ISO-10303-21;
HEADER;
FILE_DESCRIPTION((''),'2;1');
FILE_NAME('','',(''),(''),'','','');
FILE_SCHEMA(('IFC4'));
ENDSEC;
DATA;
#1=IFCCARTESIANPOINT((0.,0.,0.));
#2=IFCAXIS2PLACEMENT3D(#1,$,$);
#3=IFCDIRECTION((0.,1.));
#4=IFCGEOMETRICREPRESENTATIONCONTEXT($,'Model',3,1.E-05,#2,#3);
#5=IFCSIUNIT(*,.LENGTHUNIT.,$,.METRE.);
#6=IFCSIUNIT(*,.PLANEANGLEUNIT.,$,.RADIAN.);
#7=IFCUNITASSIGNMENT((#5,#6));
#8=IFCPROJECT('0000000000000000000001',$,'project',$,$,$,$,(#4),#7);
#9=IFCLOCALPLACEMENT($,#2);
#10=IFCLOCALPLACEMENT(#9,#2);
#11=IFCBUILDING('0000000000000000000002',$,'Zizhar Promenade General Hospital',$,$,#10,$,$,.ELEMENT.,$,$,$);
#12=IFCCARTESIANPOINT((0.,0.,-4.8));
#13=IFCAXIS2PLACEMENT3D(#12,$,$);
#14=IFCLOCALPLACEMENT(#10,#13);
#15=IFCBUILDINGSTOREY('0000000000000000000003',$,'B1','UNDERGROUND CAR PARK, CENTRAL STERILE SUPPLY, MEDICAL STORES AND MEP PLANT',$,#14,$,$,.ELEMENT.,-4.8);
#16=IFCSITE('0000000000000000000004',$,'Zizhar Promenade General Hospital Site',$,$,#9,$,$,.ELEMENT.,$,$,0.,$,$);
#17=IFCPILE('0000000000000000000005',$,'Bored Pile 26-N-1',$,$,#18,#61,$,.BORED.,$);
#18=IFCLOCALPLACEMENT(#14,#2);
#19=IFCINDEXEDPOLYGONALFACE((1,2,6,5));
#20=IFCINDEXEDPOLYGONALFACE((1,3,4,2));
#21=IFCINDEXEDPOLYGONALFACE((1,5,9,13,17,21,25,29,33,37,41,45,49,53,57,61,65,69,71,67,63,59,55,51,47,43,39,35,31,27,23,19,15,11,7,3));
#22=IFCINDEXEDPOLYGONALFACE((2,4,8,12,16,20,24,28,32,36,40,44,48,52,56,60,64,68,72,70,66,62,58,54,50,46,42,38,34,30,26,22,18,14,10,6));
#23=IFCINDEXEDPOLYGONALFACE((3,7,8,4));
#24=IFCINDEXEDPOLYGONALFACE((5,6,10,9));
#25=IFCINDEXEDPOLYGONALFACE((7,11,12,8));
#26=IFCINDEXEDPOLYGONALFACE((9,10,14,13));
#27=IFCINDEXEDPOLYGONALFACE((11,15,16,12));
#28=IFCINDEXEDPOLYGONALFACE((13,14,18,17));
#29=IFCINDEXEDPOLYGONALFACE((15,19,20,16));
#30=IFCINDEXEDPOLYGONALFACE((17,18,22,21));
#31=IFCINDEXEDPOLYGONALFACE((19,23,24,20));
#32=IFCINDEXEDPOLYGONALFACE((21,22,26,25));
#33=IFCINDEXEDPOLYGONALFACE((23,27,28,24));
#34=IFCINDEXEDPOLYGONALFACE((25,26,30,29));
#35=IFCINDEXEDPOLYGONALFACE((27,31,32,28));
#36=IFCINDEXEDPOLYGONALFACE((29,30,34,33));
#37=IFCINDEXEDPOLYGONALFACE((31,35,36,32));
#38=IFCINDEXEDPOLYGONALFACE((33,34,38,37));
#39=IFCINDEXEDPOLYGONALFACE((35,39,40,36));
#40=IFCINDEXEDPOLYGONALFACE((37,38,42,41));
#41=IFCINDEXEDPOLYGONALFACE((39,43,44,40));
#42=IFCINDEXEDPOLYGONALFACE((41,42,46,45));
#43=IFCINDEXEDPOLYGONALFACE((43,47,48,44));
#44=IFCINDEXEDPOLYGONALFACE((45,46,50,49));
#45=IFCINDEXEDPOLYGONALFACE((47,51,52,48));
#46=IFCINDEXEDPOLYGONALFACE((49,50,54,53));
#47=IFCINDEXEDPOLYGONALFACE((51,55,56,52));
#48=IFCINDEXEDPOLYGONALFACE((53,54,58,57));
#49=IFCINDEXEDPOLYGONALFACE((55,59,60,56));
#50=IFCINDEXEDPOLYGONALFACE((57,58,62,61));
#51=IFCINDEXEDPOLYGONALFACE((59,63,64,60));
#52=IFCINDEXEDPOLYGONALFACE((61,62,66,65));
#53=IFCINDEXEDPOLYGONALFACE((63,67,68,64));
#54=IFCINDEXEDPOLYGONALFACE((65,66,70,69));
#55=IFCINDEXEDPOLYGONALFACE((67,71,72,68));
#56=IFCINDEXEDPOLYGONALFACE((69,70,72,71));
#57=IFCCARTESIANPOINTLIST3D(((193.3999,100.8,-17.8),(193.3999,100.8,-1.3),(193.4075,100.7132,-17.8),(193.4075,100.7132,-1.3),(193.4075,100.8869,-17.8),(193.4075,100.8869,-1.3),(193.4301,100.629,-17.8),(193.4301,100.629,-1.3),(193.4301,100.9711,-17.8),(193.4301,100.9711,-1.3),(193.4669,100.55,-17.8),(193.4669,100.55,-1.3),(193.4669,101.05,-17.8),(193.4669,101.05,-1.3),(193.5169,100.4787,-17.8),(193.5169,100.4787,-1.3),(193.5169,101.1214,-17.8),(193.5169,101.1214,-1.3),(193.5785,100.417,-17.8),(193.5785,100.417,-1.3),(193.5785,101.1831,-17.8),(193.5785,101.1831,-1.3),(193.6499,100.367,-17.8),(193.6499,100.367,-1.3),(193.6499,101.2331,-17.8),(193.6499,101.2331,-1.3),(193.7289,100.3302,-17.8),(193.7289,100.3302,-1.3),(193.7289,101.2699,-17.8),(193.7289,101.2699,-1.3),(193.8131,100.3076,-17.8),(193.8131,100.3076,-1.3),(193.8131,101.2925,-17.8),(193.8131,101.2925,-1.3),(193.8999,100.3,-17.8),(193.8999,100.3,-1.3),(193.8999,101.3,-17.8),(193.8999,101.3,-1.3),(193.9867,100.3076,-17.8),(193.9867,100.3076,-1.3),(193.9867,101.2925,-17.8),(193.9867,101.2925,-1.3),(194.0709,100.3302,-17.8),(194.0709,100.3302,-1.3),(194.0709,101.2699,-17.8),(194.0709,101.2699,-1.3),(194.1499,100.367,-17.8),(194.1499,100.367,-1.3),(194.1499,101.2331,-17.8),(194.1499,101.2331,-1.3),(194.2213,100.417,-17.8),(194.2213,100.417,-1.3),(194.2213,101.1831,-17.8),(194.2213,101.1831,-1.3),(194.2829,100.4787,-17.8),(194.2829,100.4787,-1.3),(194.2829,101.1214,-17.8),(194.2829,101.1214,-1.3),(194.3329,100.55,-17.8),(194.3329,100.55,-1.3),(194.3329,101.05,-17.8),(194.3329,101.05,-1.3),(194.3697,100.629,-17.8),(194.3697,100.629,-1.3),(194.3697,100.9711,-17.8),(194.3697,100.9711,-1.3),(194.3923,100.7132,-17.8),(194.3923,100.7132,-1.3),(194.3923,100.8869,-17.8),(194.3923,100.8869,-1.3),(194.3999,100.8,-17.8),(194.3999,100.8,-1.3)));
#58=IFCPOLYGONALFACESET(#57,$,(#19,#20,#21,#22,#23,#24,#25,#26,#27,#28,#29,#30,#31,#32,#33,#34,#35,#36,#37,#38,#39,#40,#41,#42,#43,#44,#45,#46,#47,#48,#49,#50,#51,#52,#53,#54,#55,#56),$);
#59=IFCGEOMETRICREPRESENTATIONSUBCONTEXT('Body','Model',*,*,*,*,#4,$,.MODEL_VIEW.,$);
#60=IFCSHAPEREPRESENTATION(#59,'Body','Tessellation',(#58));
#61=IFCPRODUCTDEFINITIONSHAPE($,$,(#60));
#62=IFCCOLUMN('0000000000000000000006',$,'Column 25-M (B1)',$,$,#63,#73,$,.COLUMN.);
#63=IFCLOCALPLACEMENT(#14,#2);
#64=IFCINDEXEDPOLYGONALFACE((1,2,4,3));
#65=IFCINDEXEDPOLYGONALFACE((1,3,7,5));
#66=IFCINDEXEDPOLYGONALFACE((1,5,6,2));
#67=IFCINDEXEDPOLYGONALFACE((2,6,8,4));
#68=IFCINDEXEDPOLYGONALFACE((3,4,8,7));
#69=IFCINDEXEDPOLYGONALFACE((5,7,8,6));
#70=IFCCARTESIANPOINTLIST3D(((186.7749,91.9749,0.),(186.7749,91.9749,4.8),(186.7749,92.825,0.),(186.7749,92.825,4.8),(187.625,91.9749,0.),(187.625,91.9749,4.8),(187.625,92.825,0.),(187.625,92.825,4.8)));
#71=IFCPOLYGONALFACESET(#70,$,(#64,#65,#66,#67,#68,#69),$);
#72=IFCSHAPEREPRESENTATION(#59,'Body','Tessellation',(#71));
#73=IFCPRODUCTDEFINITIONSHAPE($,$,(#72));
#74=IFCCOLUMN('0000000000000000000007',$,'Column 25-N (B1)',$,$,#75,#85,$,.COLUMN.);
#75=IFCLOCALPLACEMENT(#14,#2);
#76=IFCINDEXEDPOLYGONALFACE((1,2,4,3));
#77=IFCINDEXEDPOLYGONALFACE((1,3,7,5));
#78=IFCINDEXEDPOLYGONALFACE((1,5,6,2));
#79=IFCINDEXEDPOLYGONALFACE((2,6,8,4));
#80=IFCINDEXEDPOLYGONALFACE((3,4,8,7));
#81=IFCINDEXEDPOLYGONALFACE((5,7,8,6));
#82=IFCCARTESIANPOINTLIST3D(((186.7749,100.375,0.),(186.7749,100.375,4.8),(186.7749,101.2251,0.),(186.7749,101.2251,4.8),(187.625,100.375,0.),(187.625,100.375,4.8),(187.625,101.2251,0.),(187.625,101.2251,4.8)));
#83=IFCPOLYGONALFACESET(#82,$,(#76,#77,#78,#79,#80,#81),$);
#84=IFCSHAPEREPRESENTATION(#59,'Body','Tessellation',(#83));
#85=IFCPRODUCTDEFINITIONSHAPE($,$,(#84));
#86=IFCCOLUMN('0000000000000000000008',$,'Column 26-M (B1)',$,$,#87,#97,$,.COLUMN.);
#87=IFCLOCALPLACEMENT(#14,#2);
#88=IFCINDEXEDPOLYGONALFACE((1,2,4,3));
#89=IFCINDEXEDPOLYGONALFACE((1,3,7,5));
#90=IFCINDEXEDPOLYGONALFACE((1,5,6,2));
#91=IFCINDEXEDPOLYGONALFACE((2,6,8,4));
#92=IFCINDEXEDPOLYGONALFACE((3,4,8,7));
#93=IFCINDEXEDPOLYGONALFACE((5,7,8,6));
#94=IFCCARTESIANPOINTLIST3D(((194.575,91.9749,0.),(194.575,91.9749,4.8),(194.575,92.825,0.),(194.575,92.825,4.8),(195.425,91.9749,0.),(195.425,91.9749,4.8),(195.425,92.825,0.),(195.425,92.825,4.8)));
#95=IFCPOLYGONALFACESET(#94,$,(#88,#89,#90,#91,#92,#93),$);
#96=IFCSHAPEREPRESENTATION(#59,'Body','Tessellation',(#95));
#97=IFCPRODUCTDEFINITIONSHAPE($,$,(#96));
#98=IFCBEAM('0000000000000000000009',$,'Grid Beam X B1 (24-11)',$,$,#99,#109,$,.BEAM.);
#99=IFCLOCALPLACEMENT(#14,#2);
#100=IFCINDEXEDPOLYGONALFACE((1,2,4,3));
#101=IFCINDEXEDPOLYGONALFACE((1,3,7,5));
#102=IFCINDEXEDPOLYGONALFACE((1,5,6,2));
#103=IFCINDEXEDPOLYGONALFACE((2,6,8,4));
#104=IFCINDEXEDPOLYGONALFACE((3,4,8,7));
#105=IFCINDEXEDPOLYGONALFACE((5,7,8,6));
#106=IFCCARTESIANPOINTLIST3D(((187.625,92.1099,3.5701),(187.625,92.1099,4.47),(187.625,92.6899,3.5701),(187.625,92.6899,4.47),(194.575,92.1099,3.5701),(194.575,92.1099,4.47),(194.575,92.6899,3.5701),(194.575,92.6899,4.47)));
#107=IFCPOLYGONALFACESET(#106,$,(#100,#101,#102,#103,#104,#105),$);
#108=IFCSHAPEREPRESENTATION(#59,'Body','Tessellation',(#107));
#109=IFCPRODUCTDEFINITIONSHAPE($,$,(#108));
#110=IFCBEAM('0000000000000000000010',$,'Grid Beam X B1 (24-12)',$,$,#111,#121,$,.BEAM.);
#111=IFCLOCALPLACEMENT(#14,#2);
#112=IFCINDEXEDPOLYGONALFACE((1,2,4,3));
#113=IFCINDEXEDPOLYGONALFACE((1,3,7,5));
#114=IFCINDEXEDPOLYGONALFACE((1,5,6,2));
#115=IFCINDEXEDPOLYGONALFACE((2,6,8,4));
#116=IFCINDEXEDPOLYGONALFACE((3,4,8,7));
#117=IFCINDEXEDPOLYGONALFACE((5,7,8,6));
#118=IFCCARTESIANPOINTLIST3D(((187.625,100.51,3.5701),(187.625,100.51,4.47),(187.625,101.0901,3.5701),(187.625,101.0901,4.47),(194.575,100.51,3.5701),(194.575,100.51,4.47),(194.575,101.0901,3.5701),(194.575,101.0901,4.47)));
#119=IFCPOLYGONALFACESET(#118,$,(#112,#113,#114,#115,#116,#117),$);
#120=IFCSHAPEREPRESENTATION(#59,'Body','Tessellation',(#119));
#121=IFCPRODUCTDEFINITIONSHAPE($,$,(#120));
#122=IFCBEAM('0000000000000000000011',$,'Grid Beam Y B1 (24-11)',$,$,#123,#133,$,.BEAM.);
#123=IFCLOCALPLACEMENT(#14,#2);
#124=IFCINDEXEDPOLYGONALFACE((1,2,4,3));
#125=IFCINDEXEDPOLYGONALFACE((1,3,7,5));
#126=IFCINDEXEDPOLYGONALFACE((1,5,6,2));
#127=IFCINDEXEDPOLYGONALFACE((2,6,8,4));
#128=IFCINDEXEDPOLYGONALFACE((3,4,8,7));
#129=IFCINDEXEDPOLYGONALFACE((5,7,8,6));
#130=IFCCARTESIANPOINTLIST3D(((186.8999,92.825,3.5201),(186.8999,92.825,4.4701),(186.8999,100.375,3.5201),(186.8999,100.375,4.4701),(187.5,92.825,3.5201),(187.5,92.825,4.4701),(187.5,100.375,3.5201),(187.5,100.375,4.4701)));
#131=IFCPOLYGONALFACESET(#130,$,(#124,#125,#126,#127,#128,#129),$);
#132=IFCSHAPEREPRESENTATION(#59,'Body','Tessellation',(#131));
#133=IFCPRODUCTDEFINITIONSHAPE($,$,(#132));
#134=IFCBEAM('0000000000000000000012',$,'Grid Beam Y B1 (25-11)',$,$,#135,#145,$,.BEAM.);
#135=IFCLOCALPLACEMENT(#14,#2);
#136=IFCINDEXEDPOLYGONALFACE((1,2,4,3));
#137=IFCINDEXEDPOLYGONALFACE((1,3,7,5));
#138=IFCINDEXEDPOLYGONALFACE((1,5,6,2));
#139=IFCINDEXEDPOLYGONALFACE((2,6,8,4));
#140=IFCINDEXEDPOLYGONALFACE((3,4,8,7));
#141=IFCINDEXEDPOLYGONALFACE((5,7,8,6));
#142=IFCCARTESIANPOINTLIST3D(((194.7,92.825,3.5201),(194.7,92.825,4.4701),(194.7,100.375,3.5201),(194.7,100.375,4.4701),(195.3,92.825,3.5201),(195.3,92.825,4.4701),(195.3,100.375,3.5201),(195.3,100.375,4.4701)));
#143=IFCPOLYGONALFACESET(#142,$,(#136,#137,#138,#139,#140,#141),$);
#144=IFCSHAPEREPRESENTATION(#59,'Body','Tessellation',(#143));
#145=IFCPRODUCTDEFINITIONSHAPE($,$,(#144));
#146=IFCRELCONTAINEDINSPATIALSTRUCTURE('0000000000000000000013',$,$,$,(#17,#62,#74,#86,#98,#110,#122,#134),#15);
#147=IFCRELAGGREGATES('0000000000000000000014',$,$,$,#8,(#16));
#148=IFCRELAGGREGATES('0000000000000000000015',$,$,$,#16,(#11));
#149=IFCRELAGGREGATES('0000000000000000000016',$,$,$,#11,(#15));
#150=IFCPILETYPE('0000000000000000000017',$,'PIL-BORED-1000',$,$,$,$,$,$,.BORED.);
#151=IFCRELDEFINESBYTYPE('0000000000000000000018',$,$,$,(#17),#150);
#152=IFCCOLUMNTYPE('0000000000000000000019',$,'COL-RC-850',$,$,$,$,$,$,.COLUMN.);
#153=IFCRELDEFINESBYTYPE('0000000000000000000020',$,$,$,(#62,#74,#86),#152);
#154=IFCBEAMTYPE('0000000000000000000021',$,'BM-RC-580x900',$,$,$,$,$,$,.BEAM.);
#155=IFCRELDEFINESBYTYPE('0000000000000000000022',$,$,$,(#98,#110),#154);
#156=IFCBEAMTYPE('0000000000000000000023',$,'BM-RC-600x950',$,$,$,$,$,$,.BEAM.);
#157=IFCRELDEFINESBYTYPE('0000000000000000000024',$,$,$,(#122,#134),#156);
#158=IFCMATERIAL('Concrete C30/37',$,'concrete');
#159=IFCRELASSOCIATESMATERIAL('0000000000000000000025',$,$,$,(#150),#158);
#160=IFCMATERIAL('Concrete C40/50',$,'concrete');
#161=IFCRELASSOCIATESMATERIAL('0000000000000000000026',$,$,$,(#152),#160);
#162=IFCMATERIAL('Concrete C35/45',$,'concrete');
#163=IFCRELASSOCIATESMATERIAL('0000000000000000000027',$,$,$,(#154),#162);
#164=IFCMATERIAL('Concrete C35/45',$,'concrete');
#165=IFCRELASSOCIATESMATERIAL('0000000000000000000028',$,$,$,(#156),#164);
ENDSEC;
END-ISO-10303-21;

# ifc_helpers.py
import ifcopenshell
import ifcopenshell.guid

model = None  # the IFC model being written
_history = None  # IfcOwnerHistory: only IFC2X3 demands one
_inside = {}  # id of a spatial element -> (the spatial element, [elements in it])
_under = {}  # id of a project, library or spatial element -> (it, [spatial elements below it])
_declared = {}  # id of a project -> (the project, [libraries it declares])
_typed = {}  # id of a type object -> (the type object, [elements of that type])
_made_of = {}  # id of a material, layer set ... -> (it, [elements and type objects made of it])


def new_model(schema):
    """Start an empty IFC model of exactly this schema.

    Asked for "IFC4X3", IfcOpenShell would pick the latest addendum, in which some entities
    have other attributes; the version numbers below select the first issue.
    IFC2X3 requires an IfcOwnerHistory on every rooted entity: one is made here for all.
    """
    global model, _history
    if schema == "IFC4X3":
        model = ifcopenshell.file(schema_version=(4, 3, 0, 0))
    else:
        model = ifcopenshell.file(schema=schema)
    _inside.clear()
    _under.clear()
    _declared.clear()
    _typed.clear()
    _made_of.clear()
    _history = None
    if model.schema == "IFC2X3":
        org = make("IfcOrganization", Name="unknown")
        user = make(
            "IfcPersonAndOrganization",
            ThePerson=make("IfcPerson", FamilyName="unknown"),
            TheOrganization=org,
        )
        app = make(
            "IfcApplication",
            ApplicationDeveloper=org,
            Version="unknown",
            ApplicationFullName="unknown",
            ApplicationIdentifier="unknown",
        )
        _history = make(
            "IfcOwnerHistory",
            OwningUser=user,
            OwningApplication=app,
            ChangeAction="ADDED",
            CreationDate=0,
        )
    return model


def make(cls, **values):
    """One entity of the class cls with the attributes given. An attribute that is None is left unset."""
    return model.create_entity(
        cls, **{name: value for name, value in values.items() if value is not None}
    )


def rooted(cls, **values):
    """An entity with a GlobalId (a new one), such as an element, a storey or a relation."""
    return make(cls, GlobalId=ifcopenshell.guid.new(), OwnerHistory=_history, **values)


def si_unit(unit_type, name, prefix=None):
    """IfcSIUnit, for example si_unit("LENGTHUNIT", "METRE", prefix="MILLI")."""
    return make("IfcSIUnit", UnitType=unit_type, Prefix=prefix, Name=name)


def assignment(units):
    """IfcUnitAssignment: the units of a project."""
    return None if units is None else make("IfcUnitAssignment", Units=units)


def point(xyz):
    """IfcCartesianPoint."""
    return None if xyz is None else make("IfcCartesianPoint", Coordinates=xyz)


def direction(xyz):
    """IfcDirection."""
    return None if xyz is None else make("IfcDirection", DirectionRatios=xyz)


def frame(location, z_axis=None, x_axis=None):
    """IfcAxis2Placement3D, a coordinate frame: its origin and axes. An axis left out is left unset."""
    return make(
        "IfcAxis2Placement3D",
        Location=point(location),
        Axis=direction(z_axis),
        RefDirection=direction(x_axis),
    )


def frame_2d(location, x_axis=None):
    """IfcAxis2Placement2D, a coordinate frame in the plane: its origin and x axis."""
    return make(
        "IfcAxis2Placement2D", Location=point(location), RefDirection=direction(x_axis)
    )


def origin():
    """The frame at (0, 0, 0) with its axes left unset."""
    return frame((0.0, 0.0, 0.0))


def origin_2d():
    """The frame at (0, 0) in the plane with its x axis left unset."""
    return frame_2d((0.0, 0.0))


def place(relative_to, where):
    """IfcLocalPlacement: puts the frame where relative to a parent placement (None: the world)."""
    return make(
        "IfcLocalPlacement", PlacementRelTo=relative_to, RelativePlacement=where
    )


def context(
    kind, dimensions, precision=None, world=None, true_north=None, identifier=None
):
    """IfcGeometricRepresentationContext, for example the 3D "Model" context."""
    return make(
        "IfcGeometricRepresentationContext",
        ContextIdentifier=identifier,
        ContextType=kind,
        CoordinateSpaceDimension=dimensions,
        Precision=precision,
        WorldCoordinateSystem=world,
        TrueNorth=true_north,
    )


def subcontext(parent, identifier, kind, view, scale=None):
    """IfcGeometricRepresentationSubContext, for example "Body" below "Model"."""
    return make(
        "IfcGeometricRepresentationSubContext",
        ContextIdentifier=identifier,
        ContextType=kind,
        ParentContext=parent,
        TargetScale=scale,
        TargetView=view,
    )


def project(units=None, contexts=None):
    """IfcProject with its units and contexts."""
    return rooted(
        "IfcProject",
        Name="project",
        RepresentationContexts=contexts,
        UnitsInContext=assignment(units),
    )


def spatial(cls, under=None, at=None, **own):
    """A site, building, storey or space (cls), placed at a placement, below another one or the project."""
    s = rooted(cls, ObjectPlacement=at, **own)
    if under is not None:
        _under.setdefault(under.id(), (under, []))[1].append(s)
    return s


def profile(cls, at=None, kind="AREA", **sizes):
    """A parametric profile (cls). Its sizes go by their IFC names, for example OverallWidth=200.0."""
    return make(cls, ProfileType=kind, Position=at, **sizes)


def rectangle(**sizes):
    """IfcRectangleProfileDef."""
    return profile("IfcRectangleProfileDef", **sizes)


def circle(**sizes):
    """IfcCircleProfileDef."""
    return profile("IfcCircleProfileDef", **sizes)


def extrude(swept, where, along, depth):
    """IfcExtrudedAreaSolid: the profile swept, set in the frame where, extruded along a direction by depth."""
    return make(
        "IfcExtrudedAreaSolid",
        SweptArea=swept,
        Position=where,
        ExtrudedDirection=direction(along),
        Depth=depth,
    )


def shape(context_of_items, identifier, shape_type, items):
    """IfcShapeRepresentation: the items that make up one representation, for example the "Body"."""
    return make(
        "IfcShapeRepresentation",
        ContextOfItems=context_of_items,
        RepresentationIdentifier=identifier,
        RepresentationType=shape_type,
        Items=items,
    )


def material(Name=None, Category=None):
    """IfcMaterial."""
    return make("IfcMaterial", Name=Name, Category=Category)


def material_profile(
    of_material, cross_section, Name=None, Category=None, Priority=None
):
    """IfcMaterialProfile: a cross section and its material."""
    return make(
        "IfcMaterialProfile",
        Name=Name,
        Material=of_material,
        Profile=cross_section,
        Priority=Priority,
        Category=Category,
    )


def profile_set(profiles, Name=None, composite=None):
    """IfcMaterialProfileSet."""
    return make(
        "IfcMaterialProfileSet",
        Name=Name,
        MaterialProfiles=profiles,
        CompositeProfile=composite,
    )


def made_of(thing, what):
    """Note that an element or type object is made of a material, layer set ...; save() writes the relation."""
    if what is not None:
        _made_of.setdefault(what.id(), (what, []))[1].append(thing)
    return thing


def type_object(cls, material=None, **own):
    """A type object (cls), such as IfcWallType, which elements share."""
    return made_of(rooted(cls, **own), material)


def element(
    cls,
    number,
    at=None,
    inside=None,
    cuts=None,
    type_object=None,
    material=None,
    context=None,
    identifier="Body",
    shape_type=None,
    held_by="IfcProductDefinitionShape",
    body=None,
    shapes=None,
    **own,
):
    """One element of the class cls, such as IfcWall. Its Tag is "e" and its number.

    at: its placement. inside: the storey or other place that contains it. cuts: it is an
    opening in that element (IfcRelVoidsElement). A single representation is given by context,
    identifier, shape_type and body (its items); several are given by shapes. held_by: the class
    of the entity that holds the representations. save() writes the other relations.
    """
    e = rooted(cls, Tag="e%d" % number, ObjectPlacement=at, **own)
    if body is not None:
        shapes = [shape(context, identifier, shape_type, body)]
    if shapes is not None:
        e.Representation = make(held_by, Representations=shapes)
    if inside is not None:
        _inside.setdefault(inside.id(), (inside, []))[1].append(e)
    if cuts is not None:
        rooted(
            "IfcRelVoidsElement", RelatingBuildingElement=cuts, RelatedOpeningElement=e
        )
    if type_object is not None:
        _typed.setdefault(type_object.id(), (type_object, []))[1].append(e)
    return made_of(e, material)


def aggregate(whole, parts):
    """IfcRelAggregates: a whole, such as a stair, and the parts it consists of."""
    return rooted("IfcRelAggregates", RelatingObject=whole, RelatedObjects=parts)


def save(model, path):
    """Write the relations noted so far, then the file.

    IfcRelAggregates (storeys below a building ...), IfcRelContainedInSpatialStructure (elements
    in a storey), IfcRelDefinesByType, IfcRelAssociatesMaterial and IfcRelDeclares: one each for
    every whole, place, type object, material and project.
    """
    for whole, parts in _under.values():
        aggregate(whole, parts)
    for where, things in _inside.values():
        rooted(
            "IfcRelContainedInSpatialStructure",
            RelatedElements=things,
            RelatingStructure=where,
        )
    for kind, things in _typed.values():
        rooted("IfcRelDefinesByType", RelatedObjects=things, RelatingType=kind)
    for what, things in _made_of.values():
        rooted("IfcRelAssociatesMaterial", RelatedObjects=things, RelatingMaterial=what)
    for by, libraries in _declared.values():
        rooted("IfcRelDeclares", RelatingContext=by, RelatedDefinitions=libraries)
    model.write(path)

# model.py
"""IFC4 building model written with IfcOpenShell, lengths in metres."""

from ifc_helpers import new_model, si_unit, direction, frame, origin, origin_2d, place, context, subcontext, project, spatial, rectangle, circle, extrude, material, material_profile, profile_set, type_object, element, save


model = new_model("IFC4")

# Units and contexts
model_context = context("Model", 3, precision=1e-05, world=origin(), true_north=direction((0.0, 1.0)))
body_context = subcontext(model_context, "Body", "Model", "MODEL_VIEW")
ifc_project = project(units=[si_unit("LENGTHUNIT", "METRE"), si_unit("PLANEANGLEUNIT", "RADIAN")], contexts=[model_context])

# Site, building, storey
site_placement = place(None, origin())
site = spatial("IfcSite", under=ifc_project, at=site_placement, Name="Zizhar Promenade General Hospital Site", CompositionType="ELEMENT", RefElevation=0.0)
building_placement = place(site_placement, origin())
building = spatial("IfcBuilding", under=site, at=building_placement, Name="Zizhar Promenade General Hospital", CompositionType="ELEMENT")
storey_placement = place(building_placement, frame((0.0, 0.0, -4.8)))
storey = spatial("IfcBuildingStorey", under=building, at=storey_placement, Name="B1", Description="UNDERGROUND CAR PARK, CENTRAL STERILE SUPPLY, MEDICAL STORES AND MEP PLANT", CompositionType="ELEMENT", Elevation=-4.8)

# Pile
ifc_material_1 = material(Name="Concrete C30/37", Category="concrete")
ifc_material_profile_1 = material_profile(ifc_material_1, circle(Radius=0.5, at=origin_2d()))
ifc_profile_set_1 = profile_set([ifc_material_profile_1], Name="Concrete C30/37")
pile_type = type_object("IfcPileType", Name="PIL-BORED-1000", PredefinedType="BORED", material=ifc_profile_set_1)
for number, where, z_axis, x_axis, name in (
    (1, (193.8999, 100.8, -1.3), (0.0, 0.0, -1.0), (1.0, 0.0, 0.0), "Bored Pile 26-N-1"),
):
    element("IfcPile", number, at=place(storey_placement, frame(where, z_axis=z_axis, x_axis=x_axis)), inside=storey, type_object=pile_type, Name=name, PredefinedType="BORED", context=body_context, shape_type="SweptSolid", body=[
        extrude(circle(Radius=0.5, at=origin_2d()), origin(), (0.0, 0.0, 1.0), 16.5),
    ])

# Columns
ifc_material_2 = material(Name="Concrete C40/50", Category="concrete")
ifc_material_profile_2 = material_profile(ifc_material_2, rectangle(XDim=0.8501, YDim=0.8501, at=origin_2d()))
ifc_profile_set_2 = profile_set([ifc_material_profile_2], Name="Concrete C40/50")
column_type = type_object("IfcColumnType", Name="COL-RC-850", PredefinedType="COLUMN", material=ifc_profile_set_2)
for number, where, z_axis, x_axis, name in (
    (2, (187.2, 92.3999, 0.0), (0.0, 0.0, 1.0), (1.0, 0.0, 0.0), "Column 25-M (B1)"),
    (3, (187.2, 100.8, 0.0), (0.0, 0.0, 1.0), (1.0, 0.0, 0.0), "Column 25-N (B1)"),
    (4, (195.0, 92.3999, 0.0), (0.0, 0.0, 1.0), (1.0, 0.0, 0.0), "Column 26-M (B1)"),
):
    element("IfcColumn", number, at=place(storey_placement, frame(where, z_axis=z_axis, x_axis=x_axis)), inside=storey, type_object=column_type, Name=name, PredefinedType="COLUMN", context=body_context, shape_type="SweptSolid", body=[
        extrude(rectangle(XDim=0.8501, YDim=0.8501, at=origin_2d()), origin(), (0.0, 0.0, 1.0), 4.8),
    ])

# Beams
ifc_material_3 = material(Name="Concrete C35/45", Category="concrete")
ifc_material_profile_3 = material_profile(ifc_material_3, rectangle(XDim=0.5801, YDim=0.8999, at=origin_2d()))
ifc_profile_set_3 = profile_set([ifc_material_profile_3], Name="Concrete C35/45")
beam_type_1 = type_object("IfcBeamType", Name="BM-RC-580x900", PredefinedType="BEAM", material=ifc_profile_set_3)
for number, where, z_axis, x_axis, name in (
    (5, (187.625, 92.3999, 4.02), (1.0, 0.0, 0.0), (0.0, 1.0, 0.0), "Grid Beam X B1 (24-11)"),
    (6, (187.625, 100.8, 4.02), (1.0, 0.0, 0.0), (0.0, 1.0, 0.0), "Grid Beam X B1 (24-12)"),
):
    element("IfcBeam", number, at=place(storey_placement, frame(where, z_axis=z_axis, x_axis=x_axis)), inside=storey, type_object=beam_type_1, Name=name, PredefinedType="BEAM", context=body_context, shape_type="SweptSolid", body=[
        extrude(rectangle(XDim=0.5801, YDim=0.8999, at=origin_2d()), origin(), (0.0, 0.0, 1.0), 6.95),
    ])
ifc_material_4 = material(Name="Concrete C35/45", Category="concrete")
ifc_material_profile_4 = material_profile(ifc_material_4, rectangle(XDim=0.6001, YDim=0.95, at=origin_2d()))
ifc_profile_set_4 = profile_set([ifc_material_profile_4], Name="Concrete C35/45")
beam_type_2 = type_object("IfcBeamType", Name="BM-RC-600x950", PredefinedType="BEAM", material=ifc_profile_set_4)
for number, where, z_axis, x_axis, name in (
    (7, (187.2, 92.825, 3.9951), (0.0, 1.0, 0.0), (-1.0, 0.0, 0.0), "Grid Beam Y B1 (24-11)"),
    (8, (195.0, 92.825, 3.9951), (0.0, 1.0, 0.0), (-1.0, 0.0, 0.0), "Grid Beam Y B1 (25-11)"),
):
    element("IfcBeam", number, at=place(storey_placement, frame(where, z_axis=z_axis, x_axis=x_axis)), inside=storey, type_object=beam_type_2, Name=name, PredefinedType="BEAM", context=body_context, shape_type="SweptSolid", body=[
        extrude(rectangle(XDim=0.6001, YDim=0.95, at=origin_2d()), origin(), (0.0, 0.0, 1.0), 7.55),
    ])

save(model, "model.ifc")
